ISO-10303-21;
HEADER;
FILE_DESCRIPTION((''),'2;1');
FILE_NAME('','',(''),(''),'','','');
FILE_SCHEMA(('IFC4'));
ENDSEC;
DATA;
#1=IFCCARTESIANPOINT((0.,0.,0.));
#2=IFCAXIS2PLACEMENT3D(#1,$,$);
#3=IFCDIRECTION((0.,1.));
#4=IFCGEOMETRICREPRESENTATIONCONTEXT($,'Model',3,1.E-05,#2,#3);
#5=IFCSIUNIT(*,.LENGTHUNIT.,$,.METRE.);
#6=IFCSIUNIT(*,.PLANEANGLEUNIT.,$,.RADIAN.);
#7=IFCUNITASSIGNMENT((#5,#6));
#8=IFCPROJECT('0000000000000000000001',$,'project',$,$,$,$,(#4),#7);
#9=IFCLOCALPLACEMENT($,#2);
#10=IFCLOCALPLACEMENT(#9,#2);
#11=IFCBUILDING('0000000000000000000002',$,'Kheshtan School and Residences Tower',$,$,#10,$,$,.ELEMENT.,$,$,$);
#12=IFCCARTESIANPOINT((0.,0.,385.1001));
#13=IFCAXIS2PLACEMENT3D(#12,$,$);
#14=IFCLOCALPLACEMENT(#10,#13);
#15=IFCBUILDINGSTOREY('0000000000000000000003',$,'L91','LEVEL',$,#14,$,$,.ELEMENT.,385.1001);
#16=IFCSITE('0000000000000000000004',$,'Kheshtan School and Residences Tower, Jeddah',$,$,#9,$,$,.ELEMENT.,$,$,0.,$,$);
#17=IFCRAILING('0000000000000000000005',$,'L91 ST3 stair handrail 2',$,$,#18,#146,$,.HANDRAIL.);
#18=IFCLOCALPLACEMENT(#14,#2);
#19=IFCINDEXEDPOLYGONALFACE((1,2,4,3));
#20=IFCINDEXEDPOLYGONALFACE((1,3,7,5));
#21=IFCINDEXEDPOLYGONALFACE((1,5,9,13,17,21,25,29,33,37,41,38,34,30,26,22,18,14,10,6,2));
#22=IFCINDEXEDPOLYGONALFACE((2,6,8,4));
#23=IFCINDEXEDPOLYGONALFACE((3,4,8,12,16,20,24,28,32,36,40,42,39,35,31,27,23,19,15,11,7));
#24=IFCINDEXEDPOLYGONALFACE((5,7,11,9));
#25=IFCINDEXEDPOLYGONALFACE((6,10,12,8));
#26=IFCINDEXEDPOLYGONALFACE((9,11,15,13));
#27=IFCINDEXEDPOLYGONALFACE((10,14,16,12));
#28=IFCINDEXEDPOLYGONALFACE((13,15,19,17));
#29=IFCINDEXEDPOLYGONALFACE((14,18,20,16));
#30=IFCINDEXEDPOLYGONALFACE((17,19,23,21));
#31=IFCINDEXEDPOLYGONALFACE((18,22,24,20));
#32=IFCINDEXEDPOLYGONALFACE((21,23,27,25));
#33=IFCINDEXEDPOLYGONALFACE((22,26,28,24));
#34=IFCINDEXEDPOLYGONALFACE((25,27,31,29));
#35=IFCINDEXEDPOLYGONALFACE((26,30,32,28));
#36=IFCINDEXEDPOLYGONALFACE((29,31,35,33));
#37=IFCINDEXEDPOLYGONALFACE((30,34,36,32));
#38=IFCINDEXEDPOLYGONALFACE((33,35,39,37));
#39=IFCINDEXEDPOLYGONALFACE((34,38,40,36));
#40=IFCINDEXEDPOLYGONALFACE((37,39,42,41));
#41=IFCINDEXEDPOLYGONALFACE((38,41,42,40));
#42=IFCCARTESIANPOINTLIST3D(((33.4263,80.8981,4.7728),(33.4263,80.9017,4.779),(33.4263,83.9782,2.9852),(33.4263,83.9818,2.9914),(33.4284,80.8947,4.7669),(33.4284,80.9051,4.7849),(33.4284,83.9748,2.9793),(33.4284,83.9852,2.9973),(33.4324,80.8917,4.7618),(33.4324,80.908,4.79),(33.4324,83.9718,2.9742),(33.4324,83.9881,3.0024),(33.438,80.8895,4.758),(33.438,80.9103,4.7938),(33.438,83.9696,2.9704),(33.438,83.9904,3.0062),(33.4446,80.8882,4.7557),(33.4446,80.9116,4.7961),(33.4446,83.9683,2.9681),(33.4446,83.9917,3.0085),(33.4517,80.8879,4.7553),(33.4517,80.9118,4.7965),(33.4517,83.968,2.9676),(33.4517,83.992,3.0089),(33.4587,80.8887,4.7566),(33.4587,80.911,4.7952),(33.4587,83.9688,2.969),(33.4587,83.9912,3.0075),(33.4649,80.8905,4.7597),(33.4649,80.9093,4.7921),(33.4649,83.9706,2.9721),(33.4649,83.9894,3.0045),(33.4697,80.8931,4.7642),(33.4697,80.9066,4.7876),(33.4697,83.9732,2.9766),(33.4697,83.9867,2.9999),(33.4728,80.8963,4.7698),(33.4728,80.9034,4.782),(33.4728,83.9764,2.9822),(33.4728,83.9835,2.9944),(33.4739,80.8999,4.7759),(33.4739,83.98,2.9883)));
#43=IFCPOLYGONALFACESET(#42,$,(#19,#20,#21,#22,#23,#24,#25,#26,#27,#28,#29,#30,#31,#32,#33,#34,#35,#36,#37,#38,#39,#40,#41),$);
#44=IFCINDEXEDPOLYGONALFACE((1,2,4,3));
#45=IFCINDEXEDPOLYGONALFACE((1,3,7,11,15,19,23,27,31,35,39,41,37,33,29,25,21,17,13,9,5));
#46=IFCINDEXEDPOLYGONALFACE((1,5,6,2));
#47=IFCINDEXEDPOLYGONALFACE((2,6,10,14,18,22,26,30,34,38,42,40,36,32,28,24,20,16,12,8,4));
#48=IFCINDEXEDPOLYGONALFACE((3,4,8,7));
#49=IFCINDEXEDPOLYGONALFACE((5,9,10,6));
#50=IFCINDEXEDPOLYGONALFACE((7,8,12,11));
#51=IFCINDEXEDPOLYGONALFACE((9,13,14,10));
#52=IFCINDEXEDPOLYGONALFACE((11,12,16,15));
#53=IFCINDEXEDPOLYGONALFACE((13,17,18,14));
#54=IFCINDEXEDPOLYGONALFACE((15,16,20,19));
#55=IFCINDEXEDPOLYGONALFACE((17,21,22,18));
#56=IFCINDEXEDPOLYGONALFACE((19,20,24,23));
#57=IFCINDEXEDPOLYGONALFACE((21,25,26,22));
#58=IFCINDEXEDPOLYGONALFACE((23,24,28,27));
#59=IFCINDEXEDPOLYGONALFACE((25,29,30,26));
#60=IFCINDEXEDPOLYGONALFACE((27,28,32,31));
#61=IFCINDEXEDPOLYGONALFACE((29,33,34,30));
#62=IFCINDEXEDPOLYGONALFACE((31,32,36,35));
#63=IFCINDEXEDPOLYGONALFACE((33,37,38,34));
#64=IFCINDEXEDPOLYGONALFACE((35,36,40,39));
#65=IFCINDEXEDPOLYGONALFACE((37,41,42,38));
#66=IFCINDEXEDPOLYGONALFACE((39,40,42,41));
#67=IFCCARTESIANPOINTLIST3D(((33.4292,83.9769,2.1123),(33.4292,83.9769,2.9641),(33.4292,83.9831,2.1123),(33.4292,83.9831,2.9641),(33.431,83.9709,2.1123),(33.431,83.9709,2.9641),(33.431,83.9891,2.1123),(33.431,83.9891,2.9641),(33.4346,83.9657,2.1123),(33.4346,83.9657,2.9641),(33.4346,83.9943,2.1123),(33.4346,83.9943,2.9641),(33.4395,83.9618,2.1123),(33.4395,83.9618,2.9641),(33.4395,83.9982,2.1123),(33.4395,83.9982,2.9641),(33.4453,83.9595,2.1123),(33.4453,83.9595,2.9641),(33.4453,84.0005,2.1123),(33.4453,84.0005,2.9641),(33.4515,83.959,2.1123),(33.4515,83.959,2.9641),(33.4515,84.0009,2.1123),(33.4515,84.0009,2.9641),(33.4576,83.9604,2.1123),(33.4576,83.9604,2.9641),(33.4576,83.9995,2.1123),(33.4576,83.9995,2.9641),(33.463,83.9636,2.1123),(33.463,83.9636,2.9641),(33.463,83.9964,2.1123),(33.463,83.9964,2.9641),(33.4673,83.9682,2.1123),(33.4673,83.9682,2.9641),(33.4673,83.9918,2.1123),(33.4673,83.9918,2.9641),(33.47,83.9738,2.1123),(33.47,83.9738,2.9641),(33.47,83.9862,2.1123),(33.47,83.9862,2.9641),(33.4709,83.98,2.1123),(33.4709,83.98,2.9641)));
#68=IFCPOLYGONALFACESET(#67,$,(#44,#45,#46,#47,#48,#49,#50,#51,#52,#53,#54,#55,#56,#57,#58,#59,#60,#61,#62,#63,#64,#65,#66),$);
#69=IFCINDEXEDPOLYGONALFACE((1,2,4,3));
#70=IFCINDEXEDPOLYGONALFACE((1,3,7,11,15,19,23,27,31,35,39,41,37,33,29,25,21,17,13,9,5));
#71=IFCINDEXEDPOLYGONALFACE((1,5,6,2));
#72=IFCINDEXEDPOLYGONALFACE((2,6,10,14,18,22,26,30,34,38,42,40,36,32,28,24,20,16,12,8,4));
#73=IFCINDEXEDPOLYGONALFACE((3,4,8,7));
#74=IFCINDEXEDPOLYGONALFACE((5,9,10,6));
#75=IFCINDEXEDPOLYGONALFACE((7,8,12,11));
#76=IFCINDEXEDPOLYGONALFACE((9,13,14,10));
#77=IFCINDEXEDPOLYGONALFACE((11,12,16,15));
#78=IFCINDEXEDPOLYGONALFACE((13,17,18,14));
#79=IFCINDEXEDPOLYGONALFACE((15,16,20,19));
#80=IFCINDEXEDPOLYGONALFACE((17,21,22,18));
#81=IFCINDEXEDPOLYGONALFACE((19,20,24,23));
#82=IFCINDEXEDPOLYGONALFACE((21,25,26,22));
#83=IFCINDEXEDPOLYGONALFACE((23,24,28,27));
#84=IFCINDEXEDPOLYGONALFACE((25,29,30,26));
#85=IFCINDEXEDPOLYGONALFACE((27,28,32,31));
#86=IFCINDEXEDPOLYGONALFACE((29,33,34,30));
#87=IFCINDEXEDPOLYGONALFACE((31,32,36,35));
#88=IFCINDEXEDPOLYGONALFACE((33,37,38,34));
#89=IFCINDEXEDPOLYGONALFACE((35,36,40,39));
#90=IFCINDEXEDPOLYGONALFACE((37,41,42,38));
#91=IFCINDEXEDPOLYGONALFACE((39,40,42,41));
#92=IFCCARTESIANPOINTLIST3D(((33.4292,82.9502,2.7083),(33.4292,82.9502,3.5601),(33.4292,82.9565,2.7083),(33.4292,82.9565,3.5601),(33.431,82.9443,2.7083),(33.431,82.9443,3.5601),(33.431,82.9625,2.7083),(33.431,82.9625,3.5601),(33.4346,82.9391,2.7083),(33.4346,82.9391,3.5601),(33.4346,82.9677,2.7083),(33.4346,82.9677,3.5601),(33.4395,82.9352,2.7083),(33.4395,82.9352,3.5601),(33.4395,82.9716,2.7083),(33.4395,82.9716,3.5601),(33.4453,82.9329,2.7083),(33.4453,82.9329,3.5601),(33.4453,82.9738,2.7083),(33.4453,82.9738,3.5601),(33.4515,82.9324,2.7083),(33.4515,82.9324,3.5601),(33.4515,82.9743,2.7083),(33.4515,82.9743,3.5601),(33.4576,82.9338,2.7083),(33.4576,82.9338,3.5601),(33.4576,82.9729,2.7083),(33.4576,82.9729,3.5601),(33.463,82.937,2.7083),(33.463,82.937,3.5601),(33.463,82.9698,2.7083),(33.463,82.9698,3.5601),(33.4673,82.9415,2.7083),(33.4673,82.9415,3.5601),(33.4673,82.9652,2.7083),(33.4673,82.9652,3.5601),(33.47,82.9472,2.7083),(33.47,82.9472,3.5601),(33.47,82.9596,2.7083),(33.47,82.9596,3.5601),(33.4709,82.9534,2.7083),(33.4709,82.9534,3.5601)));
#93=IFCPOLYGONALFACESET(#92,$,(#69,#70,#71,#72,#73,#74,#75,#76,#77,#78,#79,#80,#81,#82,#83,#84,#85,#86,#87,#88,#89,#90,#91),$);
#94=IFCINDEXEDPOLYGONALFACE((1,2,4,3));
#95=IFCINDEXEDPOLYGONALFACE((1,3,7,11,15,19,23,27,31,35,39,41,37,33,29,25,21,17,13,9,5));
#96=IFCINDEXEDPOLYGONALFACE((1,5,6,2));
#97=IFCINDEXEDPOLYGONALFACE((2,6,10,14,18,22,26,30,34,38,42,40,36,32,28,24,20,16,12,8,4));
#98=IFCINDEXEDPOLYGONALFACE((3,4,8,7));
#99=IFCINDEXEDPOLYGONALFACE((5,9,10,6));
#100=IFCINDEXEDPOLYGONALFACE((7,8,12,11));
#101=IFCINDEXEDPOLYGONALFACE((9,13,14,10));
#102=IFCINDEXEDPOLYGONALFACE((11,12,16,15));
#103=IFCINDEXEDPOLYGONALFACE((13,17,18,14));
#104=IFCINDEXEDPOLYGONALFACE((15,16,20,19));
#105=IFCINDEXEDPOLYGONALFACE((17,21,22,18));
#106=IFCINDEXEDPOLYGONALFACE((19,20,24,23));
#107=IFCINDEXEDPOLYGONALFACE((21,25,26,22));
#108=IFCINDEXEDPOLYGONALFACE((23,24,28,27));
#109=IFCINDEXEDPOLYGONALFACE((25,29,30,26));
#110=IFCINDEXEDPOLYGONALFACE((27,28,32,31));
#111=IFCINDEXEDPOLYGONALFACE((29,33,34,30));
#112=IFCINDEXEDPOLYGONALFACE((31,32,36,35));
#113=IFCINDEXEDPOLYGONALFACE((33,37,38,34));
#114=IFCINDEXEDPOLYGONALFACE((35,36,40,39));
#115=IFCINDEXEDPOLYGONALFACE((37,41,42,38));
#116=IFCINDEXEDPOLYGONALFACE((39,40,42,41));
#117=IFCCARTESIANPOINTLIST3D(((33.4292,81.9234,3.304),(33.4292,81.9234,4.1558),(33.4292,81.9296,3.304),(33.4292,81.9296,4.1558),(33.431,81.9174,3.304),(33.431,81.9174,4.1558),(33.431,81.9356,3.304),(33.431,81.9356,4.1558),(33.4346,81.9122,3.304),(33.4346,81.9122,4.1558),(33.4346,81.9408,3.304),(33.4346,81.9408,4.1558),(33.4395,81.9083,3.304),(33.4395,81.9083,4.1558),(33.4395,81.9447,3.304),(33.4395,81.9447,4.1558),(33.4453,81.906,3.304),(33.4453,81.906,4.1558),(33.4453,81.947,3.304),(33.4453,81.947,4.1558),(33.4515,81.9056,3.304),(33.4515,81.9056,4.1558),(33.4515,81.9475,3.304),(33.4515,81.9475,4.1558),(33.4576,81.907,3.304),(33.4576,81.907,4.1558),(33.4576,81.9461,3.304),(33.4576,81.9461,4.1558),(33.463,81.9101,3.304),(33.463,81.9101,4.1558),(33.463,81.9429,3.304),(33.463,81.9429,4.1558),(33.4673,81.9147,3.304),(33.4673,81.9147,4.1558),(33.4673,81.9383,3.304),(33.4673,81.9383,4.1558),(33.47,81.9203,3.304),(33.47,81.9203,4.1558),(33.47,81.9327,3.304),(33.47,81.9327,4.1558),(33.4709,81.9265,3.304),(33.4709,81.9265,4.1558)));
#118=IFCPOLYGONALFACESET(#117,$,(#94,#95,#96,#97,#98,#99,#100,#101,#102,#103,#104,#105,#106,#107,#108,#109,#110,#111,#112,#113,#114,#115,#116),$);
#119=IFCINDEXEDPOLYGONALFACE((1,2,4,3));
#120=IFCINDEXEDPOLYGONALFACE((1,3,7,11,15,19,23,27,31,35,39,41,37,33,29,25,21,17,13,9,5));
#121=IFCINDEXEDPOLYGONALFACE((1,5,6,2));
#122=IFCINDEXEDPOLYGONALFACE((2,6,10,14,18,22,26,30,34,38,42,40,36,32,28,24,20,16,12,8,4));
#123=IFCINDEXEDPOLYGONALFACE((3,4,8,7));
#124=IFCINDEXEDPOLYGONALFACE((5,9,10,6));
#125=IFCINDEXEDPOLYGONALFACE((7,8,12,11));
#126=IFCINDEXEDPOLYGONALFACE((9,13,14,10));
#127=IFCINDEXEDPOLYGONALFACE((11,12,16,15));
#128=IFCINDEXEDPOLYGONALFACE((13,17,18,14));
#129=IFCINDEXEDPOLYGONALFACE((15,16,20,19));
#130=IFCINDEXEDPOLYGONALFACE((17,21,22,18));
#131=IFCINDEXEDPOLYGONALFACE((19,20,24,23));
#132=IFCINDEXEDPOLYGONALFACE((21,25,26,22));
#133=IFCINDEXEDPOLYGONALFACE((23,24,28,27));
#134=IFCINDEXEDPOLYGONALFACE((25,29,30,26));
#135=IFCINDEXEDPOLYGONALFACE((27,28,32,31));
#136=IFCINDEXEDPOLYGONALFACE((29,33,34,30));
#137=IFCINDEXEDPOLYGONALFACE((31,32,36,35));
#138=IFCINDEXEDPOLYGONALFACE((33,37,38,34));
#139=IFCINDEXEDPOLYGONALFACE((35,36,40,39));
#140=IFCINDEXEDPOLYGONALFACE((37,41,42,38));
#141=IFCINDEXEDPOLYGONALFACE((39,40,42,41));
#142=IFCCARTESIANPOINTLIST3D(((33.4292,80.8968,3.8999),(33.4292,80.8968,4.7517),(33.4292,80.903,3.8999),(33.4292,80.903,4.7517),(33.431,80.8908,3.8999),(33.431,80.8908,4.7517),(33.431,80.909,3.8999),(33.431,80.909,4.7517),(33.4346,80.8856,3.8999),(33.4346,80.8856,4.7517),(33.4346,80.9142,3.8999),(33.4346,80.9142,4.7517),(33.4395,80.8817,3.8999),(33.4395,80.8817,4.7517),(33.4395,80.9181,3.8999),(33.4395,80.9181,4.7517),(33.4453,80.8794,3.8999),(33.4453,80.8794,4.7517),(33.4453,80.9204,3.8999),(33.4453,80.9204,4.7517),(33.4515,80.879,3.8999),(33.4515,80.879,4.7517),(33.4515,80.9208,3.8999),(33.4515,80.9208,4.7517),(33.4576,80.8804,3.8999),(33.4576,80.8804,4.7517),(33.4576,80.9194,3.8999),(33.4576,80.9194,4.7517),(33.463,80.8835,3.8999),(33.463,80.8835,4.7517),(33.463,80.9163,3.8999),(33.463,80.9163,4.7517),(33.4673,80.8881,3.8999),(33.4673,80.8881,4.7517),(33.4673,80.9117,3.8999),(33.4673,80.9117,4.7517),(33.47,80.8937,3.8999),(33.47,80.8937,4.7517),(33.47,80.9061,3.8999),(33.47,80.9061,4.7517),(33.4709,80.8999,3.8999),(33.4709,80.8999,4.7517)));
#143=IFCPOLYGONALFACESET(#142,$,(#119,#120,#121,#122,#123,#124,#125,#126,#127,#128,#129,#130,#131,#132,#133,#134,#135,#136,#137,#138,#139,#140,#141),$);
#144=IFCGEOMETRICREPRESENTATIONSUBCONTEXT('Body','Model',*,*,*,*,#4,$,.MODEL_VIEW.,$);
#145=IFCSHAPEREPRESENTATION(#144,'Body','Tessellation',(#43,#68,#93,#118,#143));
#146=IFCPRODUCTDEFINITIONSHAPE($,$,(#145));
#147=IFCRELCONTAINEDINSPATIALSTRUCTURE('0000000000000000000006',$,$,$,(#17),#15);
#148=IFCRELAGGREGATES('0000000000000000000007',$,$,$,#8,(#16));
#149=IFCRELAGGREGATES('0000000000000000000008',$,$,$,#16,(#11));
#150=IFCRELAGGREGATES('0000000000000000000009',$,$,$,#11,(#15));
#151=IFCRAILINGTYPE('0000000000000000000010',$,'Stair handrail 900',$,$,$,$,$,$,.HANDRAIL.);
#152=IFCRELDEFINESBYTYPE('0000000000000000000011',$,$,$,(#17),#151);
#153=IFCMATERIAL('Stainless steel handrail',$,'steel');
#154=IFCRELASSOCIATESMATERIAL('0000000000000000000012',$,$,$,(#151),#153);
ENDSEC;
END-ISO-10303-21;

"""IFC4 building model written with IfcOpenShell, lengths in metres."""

from ifc_helpers import new_model, si_unit, direction, frame, origin, origin_2d, place, context, subcontext, project, spatial, circle, extrude, material, type_object, element, save


model = new_model("IFC4")

# Units and contexts
model_context = context("Model", 3, precision=1e-05, world=origin(), true_north=direction((0.0, 1.0)))
body_context = subcontext(model_context, "Body", "Model", "MODEL_VIEW")
ifc_project = project(units=[si_unit("LENGTHUNIT", "METRE"), si_unit("PLANEANGLEUNIT", "RADIAN")], contexts=[model_context])

# Site, building, storey
site_placement = place(None, origin())
site = spatial("IfcSite", under=ifc_project, at=site_placement, Name="Kheshtan School and Residences Tower, Jeddah", CompositionType="ELEMENT", RefElevation=0.0)
building_placement = place(site_placement, origin())
building = spatial("IfcBuilding", under=site, at=building_placement, Name="Kheshtan School and Residences Tower", CompositionType="ELEMENT")
storey_placement = place(building_placement, frame((0.0, 0.0, 385.1001)))
storey = spatial("IfcBuildingStorey", under=building, at=storey_placement, Name="L91", Description="LEVEL", CompositionType="ELEMENT", Elevation=385.1001)

# Railing
ifc_material_1 = material(Name="Stainless steel handrail", Category="steel")
railing_type_1 = type_object("IfcRailingType", Name="Stair handrail 900", PredefinedType="HANDRAIL", material=ifc_material_1)
railing_1_placement = place(storey_placement, frame((33.45, 83.98, 2.1123)))
element("IfcRailing", 1, at=railing_1_placement, inside=storey, type_object=railing_type_1, Name="L91 ST3 stair handrail 2", PredefinedType="HANDRAIL", context=body_context, shape_type="SweptSolid", body=[
    extrude(circle(Radius=0.0239, at=origin_2d()), frame((0.0, 0.0, 0.876), z_axis=(0.0, -0.864891, 0.50196), x_axis=(1.0, 0.0, 0.0)), (0.0, 0.0, 1.0), 3.5613),
    extrude(circle(Radius=0.021, at=origin_2d()), origin(), (0.0, 0.0, 1.0), 0.8518),
    extrude(circle(Radius=0.021, at=origin_2d()), frame((0.0, -1.0266, 0.5959)), (0.0, 0.0, 1.0), 0.8518),
    extrude(circle(Radius=0.021, at=origin_2d()), frame((0.0, -2.0535, 1.1917)), (0.0, 0.0, 1.0), 0.8518),
    extrude(circle(Radius=0.021, at=origin_2d()), frame((0.0, -3.0801, 1.7876)), (0.0, 0.0, 1.0), 0.8518),
])

save(model, "model.ifc")
